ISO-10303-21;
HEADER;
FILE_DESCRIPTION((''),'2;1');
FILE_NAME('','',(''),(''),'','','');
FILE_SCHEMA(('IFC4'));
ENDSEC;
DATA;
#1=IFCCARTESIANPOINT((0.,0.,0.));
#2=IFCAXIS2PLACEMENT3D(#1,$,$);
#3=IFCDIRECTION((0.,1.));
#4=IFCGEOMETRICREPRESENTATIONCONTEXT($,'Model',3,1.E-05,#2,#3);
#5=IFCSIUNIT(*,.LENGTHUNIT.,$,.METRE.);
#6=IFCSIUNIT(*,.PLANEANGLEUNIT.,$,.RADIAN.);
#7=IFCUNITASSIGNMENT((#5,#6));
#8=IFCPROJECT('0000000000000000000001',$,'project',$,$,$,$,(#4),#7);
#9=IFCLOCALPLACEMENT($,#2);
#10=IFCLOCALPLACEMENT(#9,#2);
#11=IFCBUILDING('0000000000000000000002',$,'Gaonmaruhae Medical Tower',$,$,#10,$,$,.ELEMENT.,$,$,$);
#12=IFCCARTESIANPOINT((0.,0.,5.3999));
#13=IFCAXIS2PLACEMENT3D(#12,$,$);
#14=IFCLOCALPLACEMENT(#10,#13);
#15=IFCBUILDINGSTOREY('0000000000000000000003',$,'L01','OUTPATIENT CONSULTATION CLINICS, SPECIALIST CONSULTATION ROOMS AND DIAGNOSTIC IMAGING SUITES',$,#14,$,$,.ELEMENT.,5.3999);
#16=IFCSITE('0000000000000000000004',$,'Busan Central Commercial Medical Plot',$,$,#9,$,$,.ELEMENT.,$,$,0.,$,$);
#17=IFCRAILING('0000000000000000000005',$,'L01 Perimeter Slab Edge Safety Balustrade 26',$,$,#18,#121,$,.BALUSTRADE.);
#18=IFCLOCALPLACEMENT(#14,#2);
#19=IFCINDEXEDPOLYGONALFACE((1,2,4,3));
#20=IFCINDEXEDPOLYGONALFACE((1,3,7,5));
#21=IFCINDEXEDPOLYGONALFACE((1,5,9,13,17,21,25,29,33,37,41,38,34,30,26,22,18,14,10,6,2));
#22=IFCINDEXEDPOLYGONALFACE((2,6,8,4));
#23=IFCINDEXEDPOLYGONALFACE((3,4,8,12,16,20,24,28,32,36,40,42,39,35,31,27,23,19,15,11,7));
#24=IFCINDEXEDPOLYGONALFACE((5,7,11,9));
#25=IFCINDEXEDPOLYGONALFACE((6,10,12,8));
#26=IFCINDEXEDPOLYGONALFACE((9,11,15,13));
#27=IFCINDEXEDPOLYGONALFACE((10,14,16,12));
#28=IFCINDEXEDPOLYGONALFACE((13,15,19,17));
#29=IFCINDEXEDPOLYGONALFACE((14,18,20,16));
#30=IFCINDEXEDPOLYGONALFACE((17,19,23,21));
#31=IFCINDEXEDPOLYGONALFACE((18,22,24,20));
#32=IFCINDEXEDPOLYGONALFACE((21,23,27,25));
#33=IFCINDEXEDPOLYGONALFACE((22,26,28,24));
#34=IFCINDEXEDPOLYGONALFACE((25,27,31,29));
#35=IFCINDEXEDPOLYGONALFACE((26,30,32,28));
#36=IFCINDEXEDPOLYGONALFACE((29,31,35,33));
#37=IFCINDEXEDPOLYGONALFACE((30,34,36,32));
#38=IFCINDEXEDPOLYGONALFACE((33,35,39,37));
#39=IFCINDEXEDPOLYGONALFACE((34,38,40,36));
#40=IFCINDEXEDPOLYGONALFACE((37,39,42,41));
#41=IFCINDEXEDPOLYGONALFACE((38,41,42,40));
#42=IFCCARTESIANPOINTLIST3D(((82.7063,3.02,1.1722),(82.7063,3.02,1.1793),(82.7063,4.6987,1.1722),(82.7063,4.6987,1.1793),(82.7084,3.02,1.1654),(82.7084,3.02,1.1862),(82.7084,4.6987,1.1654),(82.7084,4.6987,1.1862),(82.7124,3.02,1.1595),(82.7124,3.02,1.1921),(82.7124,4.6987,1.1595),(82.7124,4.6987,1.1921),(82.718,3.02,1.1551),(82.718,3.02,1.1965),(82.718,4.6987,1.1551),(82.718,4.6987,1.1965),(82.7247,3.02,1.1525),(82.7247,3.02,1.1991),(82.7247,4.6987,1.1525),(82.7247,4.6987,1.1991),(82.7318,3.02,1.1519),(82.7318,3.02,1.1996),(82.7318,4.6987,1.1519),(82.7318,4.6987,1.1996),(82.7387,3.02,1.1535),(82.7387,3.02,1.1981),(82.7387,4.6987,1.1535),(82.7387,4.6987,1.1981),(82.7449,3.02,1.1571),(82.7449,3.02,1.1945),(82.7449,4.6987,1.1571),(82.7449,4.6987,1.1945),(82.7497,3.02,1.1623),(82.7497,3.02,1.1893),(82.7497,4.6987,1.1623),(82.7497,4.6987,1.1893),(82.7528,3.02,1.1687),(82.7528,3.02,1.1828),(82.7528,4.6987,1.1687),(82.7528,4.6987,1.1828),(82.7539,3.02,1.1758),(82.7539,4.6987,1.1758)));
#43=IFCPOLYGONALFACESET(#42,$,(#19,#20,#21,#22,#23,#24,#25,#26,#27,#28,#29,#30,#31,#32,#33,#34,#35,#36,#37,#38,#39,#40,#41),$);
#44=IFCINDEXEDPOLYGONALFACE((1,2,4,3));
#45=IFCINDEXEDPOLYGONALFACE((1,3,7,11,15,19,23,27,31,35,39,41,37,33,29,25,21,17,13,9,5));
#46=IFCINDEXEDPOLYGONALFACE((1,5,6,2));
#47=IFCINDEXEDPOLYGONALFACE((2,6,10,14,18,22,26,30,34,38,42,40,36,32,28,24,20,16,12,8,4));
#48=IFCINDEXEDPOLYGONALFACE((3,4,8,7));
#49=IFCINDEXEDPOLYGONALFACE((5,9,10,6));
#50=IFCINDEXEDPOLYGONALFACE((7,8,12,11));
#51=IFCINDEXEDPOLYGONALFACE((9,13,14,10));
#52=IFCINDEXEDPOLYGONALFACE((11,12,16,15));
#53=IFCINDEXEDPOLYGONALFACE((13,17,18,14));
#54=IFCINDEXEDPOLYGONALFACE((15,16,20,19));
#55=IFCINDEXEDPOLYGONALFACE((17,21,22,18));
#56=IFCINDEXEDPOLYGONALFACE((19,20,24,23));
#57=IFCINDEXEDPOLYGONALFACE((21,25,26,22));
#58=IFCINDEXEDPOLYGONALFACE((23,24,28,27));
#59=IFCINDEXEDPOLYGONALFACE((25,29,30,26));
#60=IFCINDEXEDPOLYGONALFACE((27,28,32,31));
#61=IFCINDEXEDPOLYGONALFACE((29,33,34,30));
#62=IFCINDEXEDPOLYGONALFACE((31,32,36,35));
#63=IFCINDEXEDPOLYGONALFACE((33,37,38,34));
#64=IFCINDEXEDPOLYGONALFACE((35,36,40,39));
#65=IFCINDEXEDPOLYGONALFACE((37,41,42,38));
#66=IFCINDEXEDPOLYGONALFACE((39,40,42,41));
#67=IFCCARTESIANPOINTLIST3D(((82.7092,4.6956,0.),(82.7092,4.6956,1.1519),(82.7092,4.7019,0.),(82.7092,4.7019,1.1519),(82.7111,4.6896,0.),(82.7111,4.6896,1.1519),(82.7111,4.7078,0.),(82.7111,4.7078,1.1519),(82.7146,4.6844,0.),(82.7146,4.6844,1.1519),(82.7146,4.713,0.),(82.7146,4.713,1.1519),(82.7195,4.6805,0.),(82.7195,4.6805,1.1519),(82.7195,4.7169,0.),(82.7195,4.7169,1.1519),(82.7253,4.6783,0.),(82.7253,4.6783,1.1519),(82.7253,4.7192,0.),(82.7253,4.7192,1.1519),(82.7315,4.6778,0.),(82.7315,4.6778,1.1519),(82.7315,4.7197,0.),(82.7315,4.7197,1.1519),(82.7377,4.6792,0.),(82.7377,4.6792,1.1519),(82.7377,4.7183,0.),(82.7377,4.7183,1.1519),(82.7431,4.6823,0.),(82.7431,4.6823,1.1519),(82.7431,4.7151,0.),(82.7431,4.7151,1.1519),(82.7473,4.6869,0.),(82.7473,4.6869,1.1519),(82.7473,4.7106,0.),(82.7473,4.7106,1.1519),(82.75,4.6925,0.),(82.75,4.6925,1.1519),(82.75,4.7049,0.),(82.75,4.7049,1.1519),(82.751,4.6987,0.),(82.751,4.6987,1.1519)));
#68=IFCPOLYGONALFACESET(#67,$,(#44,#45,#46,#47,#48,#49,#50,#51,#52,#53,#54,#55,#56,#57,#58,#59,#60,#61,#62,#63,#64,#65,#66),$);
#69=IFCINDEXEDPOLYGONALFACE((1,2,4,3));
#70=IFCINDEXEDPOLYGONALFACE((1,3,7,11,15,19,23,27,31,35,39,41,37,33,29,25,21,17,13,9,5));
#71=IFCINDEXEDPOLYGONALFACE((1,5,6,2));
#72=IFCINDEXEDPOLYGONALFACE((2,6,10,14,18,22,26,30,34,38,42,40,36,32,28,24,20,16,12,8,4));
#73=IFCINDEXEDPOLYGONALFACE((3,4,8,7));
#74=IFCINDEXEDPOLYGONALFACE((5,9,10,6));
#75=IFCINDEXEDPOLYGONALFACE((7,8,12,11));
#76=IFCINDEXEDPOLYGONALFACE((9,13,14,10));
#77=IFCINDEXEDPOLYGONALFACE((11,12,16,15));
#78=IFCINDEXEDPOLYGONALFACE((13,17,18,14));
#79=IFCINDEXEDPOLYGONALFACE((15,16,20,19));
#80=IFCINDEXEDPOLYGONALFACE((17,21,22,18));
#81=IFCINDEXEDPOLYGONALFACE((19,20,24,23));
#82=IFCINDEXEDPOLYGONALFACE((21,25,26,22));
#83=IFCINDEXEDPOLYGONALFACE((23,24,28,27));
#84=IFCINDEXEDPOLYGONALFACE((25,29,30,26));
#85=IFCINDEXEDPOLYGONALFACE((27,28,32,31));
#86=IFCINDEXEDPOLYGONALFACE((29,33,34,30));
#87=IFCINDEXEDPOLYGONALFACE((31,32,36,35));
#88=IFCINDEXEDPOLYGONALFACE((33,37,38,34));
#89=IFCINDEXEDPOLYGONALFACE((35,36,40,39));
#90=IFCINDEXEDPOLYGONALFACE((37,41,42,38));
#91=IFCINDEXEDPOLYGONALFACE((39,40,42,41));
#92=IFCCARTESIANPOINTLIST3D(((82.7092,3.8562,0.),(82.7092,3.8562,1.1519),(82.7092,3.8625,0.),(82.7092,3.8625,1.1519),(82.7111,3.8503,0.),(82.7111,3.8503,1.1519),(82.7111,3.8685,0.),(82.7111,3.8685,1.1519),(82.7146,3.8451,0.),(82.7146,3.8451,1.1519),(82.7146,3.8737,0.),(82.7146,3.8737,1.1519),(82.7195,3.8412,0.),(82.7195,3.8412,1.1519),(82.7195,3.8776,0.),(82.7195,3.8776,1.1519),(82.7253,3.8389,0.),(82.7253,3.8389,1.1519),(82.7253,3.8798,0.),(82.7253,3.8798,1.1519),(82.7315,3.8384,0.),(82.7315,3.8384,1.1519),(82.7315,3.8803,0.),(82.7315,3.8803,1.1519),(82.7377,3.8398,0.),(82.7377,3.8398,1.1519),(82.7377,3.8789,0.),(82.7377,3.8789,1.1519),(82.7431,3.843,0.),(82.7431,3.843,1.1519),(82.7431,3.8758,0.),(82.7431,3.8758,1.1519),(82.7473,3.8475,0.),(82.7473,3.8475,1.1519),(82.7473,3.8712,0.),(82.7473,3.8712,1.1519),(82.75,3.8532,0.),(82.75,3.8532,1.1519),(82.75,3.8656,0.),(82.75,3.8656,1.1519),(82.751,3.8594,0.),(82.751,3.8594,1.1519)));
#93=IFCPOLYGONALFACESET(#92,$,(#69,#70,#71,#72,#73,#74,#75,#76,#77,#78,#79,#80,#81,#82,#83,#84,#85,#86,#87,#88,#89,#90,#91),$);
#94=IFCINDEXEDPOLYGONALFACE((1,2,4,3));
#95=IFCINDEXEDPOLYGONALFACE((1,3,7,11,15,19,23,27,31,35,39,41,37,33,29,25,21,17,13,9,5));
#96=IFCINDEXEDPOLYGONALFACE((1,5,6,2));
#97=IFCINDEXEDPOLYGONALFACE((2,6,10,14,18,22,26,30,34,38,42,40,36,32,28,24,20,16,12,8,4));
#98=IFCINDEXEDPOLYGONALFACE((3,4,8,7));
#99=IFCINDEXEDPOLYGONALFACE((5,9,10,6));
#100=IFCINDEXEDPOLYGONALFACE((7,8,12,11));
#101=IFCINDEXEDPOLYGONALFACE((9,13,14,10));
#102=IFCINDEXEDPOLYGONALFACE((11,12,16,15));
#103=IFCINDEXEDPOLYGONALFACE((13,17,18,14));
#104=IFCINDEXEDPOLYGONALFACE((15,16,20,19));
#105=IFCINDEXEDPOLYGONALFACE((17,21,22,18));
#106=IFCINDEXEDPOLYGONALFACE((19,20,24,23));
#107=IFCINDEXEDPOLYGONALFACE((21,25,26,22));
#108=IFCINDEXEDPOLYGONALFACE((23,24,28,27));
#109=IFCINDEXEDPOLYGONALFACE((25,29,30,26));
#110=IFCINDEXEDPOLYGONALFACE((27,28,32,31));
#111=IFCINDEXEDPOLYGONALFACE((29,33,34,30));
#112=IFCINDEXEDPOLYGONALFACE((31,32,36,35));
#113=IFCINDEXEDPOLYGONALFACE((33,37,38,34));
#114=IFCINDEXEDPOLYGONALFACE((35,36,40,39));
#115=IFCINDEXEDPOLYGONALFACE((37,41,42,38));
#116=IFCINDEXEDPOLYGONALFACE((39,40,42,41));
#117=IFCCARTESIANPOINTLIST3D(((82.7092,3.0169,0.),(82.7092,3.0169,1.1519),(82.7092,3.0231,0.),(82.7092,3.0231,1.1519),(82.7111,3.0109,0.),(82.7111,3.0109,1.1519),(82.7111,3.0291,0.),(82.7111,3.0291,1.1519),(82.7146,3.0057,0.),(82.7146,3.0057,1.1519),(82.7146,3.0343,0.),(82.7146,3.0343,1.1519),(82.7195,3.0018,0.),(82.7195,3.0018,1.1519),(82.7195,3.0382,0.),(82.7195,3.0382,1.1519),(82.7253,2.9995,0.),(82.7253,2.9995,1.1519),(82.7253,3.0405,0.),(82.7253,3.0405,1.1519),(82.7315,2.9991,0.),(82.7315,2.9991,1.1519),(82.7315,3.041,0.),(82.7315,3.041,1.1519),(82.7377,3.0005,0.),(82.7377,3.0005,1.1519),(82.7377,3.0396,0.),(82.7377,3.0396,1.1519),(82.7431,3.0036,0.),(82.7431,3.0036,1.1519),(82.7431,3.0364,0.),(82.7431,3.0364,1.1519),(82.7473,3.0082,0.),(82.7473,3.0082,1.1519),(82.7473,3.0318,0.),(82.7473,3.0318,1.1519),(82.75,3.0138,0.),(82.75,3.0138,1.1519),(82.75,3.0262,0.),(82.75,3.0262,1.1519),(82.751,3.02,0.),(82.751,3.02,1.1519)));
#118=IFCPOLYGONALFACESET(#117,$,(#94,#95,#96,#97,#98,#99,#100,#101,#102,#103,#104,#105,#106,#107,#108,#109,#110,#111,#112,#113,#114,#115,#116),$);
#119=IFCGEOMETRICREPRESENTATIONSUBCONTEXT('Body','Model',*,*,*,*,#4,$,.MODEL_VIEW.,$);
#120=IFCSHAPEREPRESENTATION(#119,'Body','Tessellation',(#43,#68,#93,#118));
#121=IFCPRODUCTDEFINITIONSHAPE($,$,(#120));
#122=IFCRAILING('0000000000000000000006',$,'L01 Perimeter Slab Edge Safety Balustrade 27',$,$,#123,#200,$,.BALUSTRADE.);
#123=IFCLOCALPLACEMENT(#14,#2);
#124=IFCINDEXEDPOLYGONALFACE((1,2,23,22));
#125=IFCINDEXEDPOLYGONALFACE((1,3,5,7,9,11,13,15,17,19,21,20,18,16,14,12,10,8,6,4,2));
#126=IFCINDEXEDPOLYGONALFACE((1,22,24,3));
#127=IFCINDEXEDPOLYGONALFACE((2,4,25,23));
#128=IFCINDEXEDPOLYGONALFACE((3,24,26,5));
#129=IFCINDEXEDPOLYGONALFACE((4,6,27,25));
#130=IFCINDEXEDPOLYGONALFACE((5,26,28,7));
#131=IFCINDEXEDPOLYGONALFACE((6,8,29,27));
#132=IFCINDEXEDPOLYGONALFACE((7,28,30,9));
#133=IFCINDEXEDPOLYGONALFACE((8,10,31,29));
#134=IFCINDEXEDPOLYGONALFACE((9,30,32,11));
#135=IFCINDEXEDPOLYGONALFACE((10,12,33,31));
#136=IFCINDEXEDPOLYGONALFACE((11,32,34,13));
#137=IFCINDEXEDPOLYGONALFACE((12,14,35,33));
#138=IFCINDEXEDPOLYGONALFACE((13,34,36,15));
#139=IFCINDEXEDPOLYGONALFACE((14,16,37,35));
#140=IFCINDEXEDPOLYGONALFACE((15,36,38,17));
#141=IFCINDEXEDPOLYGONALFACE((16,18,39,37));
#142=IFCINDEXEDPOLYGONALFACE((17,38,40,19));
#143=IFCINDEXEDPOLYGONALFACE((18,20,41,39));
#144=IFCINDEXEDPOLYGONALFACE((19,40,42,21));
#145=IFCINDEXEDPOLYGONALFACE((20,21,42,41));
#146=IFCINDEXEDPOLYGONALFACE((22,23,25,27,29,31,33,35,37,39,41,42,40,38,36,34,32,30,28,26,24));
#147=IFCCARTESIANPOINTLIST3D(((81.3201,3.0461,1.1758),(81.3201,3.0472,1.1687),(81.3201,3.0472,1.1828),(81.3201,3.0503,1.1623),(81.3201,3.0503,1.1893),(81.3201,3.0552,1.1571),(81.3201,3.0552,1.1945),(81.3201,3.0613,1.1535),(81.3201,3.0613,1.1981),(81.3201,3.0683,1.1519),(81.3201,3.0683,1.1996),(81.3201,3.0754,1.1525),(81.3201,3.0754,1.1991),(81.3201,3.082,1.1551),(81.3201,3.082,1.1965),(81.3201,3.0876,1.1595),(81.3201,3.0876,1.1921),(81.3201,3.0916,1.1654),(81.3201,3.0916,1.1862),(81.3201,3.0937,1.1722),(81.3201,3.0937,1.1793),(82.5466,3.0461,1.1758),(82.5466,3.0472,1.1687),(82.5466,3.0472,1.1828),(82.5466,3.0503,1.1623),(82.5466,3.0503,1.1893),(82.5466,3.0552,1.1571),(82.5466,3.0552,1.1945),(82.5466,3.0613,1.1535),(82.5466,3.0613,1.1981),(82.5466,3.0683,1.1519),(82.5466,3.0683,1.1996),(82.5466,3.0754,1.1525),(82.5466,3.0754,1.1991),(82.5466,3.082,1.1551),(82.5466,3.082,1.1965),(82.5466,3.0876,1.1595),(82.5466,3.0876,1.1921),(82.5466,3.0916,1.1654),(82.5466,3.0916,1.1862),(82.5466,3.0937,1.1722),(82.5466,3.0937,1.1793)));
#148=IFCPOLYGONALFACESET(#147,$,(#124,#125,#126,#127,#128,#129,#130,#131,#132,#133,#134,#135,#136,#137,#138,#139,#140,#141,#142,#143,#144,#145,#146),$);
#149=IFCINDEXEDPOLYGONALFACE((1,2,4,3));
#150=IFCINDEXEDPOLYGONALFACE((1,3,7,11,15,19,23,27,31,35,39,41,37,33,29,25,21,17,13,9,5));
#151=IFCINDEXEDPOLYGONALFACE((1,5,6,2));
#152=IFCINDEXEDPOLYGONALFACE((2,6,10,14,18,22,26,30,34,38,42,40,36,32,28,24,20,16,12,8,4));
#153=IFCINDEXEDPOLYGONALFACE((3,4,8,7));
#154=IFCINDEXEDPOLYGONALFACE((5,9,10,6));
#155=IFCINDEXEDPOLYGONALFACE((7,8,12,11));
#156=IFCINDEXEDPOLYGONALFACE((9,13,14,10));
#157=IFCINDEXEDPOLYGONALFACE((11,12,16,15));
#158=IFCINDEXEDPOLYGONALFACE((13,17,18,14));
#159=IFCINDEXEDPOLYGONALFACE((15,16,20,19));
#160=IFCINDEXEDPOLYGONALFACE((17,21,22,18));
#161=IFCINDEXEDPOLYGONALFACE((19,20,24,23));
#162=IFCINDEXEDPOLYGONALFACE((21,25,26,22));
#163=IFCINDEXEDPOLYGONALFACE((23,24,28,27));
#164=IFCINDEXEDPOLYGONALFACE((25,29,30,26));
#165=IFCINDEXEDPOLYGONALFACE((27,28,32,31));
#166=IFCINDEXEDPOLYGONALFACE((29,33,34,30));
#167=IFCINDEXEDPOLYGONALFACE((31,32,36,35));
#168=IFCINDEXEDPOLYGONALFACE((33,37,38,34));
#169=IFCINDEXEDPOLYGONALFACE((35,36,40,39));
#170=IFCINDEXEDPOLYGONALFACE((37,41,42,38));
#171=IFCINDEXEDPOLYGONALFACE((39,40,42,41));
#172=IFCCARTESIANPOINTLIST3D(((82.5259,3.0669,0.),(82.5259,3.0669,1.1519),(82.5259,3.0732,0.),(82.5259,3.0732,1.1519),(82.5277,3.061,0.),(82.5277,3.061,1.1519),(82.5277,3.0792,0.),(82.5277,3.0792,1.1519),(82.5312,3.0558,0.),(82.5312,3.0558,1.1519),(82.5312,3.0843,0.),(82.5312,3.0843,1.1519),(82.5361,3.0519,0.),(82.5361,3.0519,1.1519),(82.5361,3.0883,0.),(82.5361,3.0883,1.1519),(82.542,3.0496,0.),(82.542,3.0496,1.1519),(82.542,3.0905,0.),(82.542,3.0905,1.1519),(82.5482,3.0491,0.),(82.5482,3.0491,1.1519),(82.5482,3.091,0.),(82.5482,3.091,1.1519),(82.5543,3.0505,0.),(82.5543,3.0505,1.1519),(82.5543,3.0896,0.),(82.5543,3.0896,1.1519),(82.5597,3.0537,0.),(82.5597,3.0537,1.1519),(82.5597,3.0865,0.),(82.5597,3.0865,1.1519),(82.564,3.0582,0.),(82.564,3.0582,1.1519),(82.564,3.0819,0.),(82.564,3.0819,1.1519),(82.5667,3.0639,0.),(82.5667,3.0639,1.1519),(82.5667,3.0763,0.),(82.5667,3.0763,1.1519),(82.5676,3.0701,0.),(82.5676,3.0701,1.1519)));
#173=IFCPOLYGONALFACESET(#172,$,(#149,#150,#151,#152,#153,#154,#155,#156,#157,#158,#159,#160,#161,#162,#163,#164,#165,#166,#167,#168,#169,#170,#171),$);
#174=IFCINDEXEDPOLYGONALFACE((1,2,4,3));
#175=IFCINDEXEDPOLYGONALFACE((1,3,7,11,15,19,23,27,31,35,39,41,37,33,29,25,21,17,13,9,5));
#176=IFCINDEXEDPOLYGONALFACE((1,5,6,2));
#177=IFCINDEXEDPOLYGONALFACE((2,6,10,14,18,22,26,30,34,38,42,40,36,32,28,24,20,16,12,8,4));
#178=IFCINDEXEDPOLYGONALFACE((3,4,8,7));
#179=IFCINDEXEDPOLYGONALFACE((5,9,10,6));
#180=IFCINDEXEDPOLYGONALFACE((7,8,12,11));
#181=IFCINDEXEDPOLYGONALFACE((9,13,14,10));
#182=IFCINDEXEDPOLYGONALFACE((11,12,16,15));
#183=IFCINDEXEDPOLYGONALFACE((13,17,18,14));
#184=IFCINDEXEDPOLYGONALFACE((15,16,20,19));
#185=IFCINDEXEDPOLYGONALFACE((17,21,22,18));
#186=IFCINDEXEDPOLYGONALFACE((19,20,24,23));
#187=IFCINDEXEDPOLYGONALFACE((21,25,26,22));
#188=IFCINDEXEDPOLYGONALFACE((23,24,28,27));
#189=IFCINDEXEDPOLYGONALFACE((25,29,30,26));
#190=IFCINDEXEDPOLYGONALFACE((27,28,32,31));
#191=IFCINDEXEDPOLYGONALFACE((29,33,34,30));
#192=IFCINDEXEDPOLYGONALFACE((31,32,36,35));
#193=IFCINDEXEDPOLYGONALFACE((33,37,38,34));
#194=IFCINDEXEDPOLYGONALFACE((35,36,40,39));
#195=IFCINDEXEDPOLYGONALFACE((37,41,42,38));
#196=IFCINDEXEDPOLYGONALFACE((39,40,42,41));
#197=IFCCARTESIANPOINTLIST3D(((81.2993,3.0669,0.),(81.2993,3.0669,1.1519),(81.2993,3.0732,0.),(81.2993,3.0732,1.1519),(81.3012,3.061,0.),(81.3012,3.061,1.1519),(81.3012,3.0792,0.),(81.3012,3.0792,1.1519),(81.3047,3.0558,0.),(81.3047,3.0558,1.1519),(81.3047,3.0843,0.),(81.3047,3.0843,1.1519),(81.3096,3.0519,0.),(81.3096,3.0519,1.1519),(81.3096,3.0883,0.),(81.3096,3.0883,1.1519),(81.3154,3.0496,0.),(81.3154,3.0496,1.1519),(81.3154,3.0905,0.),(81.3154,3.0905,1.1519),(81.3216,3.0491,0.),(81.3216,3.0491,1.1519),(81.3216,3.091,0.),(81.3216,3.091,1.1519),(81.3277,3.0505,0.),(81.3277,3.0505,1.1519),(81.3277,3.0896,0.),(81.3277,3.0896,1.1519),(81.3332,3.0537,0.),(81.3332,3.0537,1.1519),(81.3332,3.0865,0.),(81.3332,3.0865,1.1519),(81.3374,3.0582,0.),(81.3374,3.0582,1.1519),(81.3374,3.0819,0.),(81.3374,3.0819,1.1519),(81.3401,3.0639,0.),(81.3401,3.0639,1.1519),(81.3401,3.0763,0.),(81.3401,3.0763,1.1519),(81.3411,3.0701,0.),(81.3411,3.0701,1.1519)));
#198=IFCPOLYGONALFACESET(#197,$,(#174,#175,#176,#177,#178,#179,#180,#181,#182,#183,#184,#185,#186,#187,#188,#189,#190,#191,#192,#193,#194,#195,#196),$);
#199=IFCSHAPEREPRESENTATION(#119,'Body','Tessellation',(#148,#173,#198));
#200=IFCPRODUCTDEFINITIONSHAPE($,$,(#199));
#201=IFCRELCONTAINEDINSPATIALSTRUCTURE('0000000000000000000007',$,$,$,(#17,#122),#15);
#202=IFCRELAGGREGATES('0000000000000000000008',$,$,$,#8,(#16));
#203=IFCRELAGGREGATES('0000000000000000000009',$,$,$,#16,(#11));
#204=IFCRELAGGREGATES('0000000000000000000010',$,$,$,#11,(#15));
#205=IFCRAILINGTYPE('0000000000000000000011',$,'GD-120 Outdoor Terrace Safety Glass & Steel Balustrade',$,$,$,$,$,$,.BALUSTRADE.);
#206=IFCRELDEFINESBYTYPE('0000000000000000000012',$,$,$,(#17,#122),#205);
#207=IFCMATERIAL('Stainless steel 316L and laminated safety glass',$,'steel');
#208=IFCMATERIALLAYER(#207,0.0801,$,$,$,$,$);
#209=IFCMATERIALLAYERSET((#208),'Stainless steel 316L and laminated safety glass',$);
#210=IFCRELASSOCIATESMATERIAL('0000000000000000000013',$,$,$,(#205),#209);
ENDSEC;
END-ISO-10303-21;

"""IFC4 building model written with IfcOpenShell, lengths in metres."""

from ifc_helpers import new_model, si_unit, direction, frame, origin, origin_2d, place, context, subcontext, project, spatial, circle, extrude, material, layer, layer_set, type_object, element, save


model = new_model("IFC4")

# Units and contexts
model_context = context("Model", 3, precision=1e-05, world=origin(), true_north=direction((0.0, 1.0)))
body_context = subcontext(model_context, "Body", "Model", "MODEL_VIEW")
ifc_project = project(units=[si_unit("LENGTHUNIT", "METRE"), si_unit("PLANEANGLEUNIT", "RADIAN")], contexts=[model_context])

# Site, building, storey
site_placement = place(None, origin())
site = spatial("IfcSite", under=ifc_project, at=site_placement, Name="Busan Central Commercial Medical Plot", CompositionType="ELEMENT", RefElevation=0.0)
building_placement = place(site_placement, origin())
building = spatial("IfcBuilding", under=site, at=building_placement, Name="Gaonmaruhae Medical Tower", CompositionType="ELEMENT")
storey_placement = place(building_placement, frame((0.0, 0.0, 5.3999)))
storey = spatial("IfcBuildingStorey", under=building, at=storey_placement, Name="L01", Description="OUTPATIENT CONSULTATION CLINICS, SPECIALIST CONSULTATION ROOMS AND DIAGNOSTIC IMAGING SUITES", CompositionType="ELEMENT", Elevation=5.3999)

# Railings
ifc_material_1 = material(Name="Stainless steel 316L and laminated safety glass", Category="steel")
ifc_layer_1 = layer(ifc_material_1, 0.0801)
ifc_layer_set_1 = layer_set([ifc_layer_1], Name="Stainless steel 316L and laminated safety glass")
railing_type = type_object("IfcRailingType", Name="GD-120 Outdoor Terrace Safety Glass & Steel Balustrade", PredefinedType="BALUSTRADE", material=ifc_layer_set_1)
railing_1_placement = place(storey_placement, frame((82.73, 4.6987, 0.0)))
element("IfcRailing", 1, at=railing_1_placement, inside=storey, type_object=railing_type, Name="L01 Perimeter Slab Edge Safety Balustrade 26", PredefinedType="BALUSTRADE", context=body_context, shape_type="SweptSolid", body=[
    extrude(circle(Radius=0.0239, at=origin_2d()), frame((0.0, 0.0, 1.1758), z_axis=(0.0, -1.0, 0.0), x_axis=(1.0, 0.0, 0.0)), (0.0, 0.0, 1.0), 1.6787),
    extrude(circle(Radius=0.021, at=origin_2d()), origin(), (0.0, 0.0, 1.0), 1.1519),
    extrude(circle(Radius=0.021, at=origin_2d()), frame((0.0, -0.8394, 0.0)), (0.0, 0.0, 1.0), 1.1519),
    extrude(circle(Radius=0.021, at=origin_2d()), frame((0.0, -1.6787, 0.0)), (0.0, 0.0, 1.0), 1.1519),
])
railing_2_placement = place(storey_placement, frame((82.5466, 3.0701, 0.0)))
element("IfcRailing", 2, at=railing_2_placement, inside=storey, type_object=railing_type, Name="L01 Perimeter Slab Edge Safety Balustrade 27", PredefinedType="BALUSTRADE", context=body_context, shape_type="SweptSolid", body=[
    extrude(circle(Radius=0.0239, at=origin_2d()), frame((0.0, 0.0, 1.1758), z_axis=(-1.0, 0.0, 0.0), x_axis=(0.0, -1.0, 0.0)), (0.0, 0.0, 1.0), 1.2266),
    extrude(circle(Radius=0.021, at=origin_2d()), origin(), (0.0, 0.0, 1.0), 1.1519),
    extrude(circle(Radius=0.021, at=origin_2d()), frame((-1.2266, 0.0, 0.0)), (0.0, 0.0, 1.0), 1.1519),
])

save(model, "model.ifc")
